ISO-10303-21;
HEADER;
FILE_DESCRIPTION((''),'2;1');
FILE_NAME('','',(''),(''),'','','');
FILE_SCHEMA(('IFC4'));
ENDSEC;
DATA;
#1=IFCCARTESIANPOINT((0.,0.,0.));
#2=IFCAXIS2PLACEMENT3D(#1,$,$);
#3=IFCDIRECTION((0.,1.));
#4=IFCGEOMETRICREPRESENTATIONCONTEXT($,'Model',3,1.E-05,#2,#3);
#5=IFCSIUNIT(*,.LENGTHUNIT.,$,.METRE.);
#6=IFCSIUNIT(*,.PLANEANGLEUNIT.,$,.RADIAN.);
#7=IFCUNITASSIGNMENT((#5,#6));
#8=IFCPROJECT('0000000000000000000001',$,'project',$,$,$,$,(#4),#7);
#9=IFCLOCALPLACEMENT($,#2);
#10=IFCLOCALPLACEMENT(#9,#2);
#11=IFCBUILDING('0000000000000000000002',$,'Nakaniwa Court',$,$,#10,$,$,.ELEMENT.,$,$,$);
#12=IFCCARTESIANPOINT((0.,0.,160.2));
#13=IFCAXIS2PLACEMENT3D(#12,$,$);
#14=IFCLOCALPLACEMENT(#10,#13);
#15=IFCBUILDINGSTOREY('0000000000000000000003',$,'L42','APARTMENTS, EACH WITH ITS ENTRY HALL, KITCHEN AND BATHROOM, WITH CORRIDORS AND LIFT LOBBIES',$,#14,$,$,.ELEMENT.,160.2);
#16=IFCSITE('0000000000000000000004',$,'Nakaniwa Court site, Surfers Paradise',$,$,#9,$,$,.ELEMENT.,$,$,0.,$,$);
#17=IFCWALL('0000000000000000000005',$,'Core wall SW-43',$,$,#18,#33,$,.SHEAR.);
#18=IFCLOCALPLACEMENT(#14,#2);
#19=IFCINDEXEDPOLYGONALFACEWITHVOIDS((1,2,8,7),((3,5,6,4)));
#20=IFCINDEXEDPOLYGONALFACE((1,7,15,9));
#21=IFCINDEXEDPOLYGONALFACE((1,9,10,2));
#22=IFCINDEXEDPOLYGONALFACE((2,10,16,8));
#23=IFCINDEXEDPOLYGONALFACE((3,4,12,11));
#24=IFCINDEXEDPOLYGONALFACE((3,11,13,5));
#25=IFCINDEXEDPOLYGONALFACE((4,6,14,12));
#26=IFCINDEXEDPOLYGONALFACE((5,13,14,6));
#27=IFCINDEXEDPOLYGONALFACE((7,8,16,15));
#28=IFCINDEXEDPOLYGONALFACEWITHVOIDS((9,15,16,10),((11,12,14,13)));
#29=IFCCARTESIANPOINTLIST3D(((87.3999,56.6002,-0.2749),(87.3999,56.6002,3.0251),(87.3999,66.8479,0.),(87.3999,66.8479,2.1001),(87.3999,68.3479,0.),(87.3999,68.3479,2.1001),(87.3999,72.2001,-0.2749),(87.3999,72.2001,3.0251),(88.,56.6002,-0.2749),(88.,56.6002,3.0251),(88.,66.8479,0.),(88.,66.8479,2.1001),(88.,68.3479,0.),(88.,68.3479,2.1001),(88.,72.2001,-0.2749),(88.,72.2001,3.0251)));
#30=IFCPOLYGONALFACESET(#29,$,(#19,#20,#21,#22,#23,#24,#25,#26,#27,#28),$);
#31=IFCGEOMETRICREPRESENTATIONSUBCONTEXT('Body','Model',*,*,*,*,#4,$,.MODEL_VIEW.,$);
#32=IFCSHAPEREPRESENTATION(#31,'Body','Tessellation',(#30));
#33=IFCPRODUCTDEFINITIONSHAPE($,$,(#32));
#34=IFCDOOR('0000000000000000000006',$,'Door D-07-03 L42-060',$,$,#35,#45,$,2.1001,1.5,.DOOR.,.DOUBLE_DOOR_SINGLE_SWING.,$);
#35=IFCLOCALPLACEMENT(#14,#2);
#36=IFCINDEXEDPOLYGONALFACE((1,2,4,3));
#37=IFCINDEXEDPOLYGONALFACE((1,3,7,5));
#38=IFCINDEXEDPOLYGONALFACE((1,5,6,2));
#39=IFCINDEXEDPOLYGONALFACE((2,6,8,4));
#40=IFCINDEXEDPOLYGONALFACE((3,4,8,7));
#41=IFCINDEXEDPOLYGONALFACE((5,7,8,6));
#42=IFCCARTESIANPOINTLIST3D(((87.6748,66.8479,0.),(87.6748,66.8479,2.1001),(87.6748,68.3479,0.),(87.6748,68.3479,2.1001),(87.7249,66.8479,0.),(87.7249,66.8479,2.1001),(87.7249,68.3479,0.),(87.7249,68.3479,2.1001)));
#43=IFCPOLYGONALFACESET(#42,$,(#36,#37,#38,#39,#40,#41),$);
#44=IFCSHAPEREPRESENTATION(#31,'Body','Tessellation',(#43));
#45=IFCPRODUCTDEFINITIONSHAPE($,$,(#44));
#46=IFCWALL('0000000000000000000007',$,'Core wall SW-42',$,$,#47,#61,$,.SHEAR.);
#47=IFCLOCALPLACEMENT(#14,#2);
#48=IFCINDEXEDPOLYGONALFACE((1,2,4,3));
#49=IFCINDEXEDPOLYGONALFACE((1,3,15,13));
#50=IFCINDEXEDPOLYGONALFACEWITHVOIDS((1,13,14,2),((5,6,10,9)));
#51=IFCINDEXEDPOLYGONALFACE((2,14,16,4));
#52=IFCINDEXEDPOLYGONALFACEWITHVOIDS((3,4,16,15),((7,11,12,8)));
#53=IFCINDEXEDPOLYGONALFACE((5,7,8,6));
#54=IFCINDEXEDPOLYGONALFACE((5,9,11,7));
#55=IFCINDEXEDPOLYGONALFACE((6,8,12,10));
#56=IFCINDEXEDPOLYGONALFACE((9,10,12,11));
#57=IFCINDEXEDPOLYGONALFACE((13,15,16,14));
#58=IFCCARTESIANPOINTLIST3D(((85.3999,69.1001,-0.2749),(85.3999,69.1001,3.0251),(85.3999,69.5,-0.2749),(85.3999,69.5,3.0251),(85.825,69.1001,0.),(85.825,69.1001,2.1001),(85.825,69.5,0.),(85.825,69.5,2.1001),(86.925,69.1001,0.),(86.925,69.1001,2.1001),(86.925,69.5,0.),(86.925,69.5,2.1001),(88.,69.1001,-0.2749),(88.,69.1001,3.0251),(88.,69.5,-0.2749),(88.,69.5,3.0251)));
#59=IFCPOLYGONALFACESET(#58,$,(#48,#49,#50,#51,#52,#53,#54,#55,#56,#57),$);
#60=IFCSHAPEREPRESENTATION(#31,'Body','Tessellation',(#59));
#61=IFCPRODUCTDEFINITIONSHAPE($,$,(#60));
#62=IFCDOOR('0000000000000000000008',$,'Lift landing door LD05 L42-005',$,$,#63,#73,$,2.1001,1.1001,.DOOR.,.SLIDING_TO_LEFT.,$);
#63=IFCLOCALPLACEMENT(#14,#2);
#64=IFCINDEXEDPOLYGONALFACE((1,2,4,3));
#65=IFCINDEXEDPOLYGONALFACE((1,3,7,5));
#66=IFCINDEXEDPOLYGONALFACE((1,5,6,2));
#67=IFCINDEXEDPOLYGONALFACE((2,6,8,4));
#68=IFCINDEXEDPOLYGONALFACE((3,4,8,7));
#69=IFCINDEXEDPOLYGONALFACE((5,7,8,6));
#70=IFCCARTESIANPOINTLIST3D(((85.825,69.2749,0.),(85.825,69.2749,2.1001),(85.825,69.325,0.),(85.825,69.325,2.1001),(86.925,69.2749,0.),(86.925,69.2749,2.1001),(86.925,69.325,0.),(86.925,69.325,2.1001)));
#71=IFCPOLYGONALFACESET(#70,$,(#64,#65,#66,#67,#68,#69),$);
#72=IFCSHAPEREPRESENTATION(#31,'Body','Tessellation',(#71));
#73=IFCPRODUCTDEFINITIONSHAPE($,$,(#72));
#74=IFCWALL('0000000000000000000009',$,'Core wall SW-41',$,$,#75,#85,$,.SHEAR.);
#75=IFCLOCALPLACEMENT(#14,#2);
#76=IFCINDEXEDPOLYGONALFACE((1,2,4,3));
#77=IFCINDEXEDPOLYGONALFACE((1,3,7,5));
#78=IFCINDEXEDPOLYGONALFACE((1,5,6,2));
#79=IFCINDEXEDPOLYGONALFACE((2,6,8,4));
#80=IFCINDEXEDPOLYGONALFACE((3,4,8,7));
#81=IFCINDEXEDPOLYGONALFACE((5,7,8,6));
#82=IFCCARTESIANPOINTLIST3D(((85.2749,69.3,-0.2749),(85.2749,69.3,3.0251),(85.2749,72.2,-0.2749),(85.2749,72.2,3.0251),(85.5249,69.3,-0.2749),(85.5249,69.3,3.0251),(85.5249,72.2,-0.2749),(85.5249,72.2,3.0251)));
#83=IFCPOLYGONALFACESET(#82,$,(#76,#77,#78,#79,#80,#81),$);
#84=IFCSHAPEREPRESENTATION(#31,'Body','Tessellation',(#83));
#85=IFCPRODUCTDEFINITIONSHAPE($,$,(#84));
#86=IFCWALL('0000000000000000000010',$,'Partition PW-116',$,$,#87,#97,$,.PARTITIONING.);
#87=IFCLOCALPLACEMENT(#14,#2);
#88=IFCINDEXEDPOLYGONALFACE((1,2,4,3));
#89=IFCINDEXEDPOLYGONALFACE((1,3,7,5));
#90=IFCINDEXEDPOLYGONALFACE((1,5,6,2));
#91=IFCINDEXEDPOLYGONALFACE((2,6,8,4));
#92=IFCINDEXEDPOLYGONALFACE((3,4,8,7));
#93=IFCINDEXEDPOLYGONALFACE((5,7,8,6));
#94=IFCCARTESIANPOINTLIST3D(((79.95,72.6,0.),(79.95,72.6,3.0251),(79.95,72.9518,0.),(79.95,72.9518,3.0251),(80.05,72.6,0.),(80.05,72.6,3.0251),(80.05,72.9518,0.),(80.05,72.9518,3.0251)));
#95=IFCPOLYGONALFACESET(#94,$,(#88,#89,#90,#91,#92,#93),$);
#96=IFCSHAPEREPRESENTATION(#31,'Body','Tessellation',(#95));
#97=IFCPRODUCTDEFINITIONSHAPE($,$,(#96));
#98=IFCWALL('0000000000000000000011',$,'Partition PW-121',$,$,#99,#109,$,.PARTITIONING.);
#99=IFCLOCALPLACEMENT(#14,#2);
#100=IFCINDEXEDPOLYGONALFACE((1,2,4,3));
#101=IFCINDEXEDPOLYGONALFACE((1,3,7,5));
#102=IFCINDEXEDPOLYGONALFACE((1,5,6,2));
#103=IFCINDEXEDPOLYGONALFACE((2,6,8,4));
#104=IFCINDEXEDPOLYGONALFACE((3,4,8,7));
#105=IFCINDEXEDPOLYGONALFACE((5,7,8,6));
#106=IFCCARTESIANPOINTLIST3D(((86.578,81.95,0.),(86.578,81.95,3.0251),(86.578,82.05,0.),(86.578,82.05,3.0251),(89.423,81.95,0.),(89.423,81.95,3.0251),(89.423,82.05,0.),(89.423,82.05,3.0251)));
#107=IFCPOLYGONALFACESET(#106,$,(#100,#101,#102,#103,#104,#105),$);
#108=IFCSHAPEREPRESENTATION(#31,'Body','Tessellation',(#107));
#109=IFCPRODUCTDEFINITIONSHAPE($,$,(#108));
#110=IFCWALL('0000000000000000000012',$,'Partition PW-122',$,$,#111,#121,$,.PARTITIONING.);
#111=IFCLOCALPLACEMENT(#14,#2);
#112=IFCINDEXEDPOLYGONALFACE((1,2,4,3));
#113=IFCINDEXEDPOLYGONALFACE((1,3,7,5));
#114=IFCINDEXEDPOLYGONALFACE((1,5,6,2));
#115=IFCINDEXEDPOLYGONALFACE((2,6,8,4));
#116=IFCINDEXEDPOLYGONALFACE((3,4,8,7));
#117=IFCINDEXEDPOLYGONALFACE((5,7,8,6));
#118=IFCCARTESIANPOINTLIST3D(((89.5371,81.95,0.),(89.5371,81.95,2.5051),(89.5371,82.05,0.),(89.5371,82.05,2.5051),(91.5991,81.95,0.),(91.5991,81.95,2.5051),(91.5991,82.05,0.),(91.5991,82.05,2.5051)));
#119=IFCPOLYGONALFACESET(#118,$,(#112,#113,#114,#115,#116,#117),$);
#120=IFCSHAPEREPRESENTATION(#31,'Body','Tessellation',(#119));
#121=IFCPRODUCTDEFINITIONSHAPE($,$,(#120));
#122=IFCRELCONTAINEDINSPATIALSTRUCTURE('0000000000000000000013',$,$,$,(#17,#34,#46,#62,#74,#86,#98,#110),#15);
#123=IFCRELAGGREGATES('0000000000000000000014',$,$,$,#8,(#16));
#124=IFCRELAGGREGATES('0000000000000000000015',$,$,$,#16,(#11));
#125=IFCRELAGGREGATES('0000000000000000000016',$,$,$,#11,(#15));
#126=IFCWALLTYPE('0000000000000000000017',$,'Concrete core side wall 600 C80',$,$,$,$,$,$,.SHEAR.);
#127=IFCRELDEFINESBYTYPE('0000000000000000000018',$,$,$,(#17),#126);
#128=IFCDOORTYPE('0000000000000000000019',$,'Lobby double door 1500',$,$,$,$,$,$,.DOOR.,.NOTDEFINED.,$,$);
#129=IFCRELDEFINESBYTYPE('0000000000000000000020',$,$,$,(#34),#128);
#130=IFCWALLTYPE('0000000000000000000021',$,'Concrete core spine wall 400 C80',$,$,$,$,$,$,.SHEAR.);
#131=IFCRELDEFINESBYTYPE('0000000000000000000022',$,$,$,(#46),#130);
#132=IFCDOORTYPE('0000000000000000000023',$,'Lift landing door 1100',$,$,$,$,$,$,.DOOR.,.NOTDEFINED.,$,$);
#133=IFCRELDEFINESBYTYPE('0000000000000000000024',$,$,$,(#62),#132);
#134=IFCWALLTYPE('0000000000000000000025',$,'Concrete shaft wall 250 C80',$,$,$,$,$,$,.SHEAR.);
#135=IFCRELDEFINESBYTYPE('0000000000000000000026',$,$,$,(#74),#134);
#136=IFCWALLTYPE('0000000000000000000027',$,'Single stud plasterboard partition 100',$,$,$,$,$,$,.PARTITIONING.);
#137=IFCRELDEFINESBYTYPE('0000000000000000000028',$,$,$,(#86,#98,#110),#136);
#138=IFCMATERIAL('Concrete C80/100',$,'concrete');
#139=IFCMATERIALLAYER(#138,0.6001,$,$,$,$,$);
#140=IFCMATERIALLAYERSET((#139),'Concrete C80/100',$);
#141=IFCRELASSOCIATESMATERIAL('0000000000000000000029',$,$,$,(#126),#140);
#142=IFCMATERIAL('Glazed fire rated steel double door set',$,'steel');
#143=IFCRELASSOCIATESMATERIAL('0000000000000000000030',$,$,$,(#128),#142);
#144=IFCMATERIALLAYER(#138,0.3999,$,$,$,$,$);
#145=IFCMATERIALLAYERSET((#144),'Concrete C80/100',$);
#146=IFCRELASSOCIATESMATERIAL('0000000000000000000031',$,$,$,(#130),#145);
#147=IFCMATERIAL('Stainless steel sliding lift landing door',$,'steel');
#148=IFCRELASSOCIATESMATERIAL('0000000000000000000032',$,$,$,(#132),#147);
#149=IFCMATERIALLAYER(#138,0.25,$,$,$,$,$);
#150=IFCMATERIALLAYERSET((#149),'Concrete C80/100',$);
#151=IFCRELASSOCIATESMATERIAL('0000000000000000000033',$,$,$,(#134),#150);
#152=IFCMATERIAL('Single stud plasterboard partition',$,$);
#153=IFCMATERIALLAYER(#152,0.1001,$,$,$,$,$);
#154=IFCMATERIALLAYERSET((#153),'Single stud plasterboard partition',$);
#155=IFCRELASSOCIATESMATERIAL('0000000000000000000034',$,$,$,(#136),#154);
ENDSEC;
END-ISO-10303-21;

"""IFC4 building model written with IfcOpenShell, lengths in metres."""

from ifc_helpers import new_model, si_unit, direction, frame, frame_2d, origin, place, context, subcontext, project, spatial, rectangle, extrude, material, layer, layer_set, type_object, element, fill, save


model = new_model("IFC4")

# Units and contexts
model_context = context("Model", 3, precision=1e-05, world=origin(), true_north=direction((0.0, 1.0)))
body_context = subcontext(model_context, "Body", "Model", "MODEL_VIEW")
ifc_project = project(units=[si_unit("LENGTHUNIT", "METRE"), si_unit("PLANEANGLEUNIT", "RADIAN")], contexts=[model_context])

# Site, building, storey
site_placement = place(None, origin())
site = spatial("IfcSite", under=ifc_project, at=site_placement, Name="Nakaniwa Court site, Surfers Paradise", CompositionType="ELEMENT", RefElevation=0.0)
building_placement = place(site_placement, origin())
building = spatial("IfcBuilding", under=site, at=building_placement, Name="Nakaniwa Court", CompositionType="ELEMENT")
storey_placement = place(building_placement, frame((0.0, 0.0, 160.2)))
storey = spatial("IfcBuildingStorey", under=building, at=storey_placement, Name="L42", Description="APARTMENTS, EACH WITH ITS ENTRY HALL, KITCHEN AND BATHROOM, WITH CORRIDORS AND LIFT LOBBIES", CompositionType="ELEMENT", Elevation=160.2)

# Shared definitions
ifc_material_1 = material(Name="Concrete C80/100", Category="concrete")

# Walls, openings, doors
ifc_layer_1 = layer(ifc_material_1, 0.6001)
ifc_layer_set_1 = layer_set([ifc_layer_1], Name="Concrete C80/100")
wall_type_1 = type_object("IfcWallType", Name="Concrete core side wall 600 C80", PredefinedType="SHEAR", material=ifc_layer_set_1)
wall_1_placement = place(storey_placement, frame((87.7, 72.2, -0.2749), z_axis=(0.0, 0.0, 1.0), x_axis=(0.0, -1.0, 0.0)))
wall_1 = element("IfcWall", 1, at=wall_1_placement, inside=storey, type_object=wall_type_1, Name="Core wall SW-43", PredefinedType="SHEAR", context=body_context, shape_type="SweptSolid", body=[
    extrude(rectangle(XDim=15.5999, YDim=0.6001, at=frame_2d((7.7998, 0.0))), origin(), (0.0, 0.0, 1.0), 3.3),
])
opening_1_placement = place(wall_1_placement, frame((3.8521, 0.0, 0.2749)))
opening_1 = element("IfcOpeningElement", 2, at=opening_1_placement, cuts=wall_1, PredefinedType="OPENING", context=body_context, shape_type="SweptSolid", body=[
    extrude(rectangle(XDim=1.5, YDim=2.1001, at=frame_2d((0.75, 1.05))), frame((0.0, 0.3101, 0.0), z_axis=(0.0, -1.0, 0.0), x_axis=(1.0, 0.0, 0.0)), (0.0, 0.0, 1.0), 0.6201),
])
ifc_material_2 = material(Name="Glazed fire rated steel double door set", Category="steel")
door_type_1 = type_object("IfcDoorType", Name="Lobby double door 1500", OperationType="NOTDEFINED", PredefinedType="DOOR", material=ifc_material_2)
door_1_placement = place(opening_1_placement, origin())
door_1 = element("IfcDoor", 3, at=door_1_placement, inside=storey, type_object=door_type_1, Name="Door D-07-03 L42-060", OperationType="DOUBLE_DOOR_SINGLE_SWING", OverallHeight=2.1001, OverallWidth=1.5, PredefinedType="DOOR", context=body_context, shape_type="SweptSolid", body=[
    extrude(rectangle(XDim=1.5, YDim=2.1001, at=frame_2d((0.75, 1.05))), frame((0.0, 0.0249, 0.0), z_axis=(0.0, -1.0, 0.0), x_axis=(1.0, 0.0, 0.0)), (0.0, 0.0, 1.0), 0.05),
])
fill(opening_1, door_1)
ifc_layer_2 = layer(ifc_material_1, 0.3999)
ifc_layer_set_2 = layer_set([ifc_layer_2], Name="Concrete C80/100")
wall_type_2 = type_object("IfcWallType", Name="Concrete core spine wall 400 C80", PredefinedType="SHEAR", material=ifc_layer_set_2)
wall_2_placement = place(storey_placement, frame((85.3999, 69.3, -0.2749), z_axis=(0.0, 0.0, 1.0), x_axis=(1.0, 0.0, 0.0)))
wall_2 = element("IfcWall", 4, at=wall_2_placement, inside=storey, type_object=wall_type_2, Name="Core wall SW-42", PredefinedType="SHEAR", context=body_context, shape_type="SweptSolid", body=[
    extrude(rectangle(XDim=2.6001, YDim=0.3999, at=frame_2d((1.3, 0.0))), origin(), (0.0, 0.0, 1.0), 3.3),
])
opening_2_placement = place(wall_2_placement, frame((0.425, 0.0, 0.2749)))
opening_2 = element("IfcOpeningElement", 5, at=opening_2_placement, cuts=wall_2, PredefinedType="OPENING", context=body_context, shape_type="SweptSolid", body=[
    extrude(rectangle(XDim=1.1001, YDim=2.1001, at=frame_2d((0.55, 1.05))), frame((0.0, 0.21, 0.0), z_axis=(0.0, -1.0, 0.0), x_axis=(1.0, 0.0, 0.0)), (0.0, 0.0, 1.0), 0.4199),
])
ifc_material_3 = material(Name="Stainless steel sliding lift landing door", Category="steel")
door_type_2 = type_object("IfcDoorType", Name="Lift landing door 1100", OperationType="NOTDEFINED", PredefinedType="DOOR", material=ifc_material_3)
door_2_placement = place(opening_2_placement, origin())
door_2 = element("IfcDoor", 6, at=door_2_placement, inside=storey, type_object=door_type_2, Name="Lift landing door LD05 L42-005", OperationType="SLIDING_TO_LEFT", OverallHeight=2.1001, OverallWidth=1.1001, PredefinedType="DOOR", context=body_context, shape_type="SweptSolid", body=[
    extrude(rectangle(XDim=1.1001, YDim=2.1001, at=frame_2d((0.55, 1.05))), frame((0.0, 0.0249, 0.0), z_axis=(0.0, -1.0, 0.0), x_axis=(1.0, 0.0, 0.0)), (0.0, 0.0, 1.0), 0.05),
])
fill(opening_2, door_2)

# Walls
ifc_layer_3 = layer(ifc_material_1, 0.25)
ifc_layer_set_3 = layer_set([ifc_layer_3], Name="Concrete C80/100")
wall_type_3 = type_object("IfcWallType", Name="Concrete shaft wall 250 C80", PredefinedType="SHEAR", material=ifc_layer_set_3)
wall_3_placement = place(storey_placement, frame((85.3999, 69.3, -0.2749), z_axis=(0.0, 0.0, 1.0), x_axis=(0.0, 1.0, 0.0)))
element("IfcWall", 7, at=wall_3_placement, inside=storey, type_object=wall_type_3, Name="Core wall SW-41", PredefinedType="SHEAR", context=body_context, shape_type="SweptSolid", body=[
    extrude(rectangle(XDim=2.8999, YDim=0.25, at=frame_2d((1.45, 0.0))), origin(), (0.0, 0.0, 1.0), 3.3),
])
ifc_material_4 = material(Name="Single stud plasterboard partition")
ifc_layer_4 = layer(ifc_material_4, 0.1001)
ifc_layer_set_4 = layer_set([ifc_layer_4], Name="Single stud plasterboard partition")
wall_type_4 = type_object("IfcWallType", Name="Single stud plasterboard partition 100", PredefinedType="PARTITIONING", material=ifc_layer_set_4)
wall_4_placement = place(storey_placement, frame((80.0, 72.6001, 0.0), z_axis=(0.0, 0.0, 1.0), x_axis=(0.0, 1.0, 0.0)))
element("IfcWall", 8, at=wall_4_placement, inside=storey, type_object=wall_type_4, Name="Partition PW-116", PredefinedType="PARTITIONING", context=body_context, shape_type="SweptSolid", body=[
    extrude(rectangle(XDim=0.3518, YDim=0.1001, at=frame_2d((0.1758, 0.0))), origin(), (0.0, 0.0, 1.0), 3.0251),
])
wall_5_placement = place(storey_placement, frame((86.5781, 82.0, 0.0), z_axis=(0.0, 0.0, 1.0), x_axis=(1.0, 0.0, 0.0)))
element("IfcWall", 9, at=wall_5_placement, inside=storey, type_object=wall_type_4, Name="Partition PW-121", PredefinedType="PARTITIONING", context=body_context, shape_type="SweptSolid", body=[
    extrude(rectangle(XDim=2.845, YDim=0.1001, at=frame_2d((1.4224, 0.0))), origin(), (0.0, 0.0, 1.0), 3.0251),
])
wall_6_placement = place(storey_placement, frame((89.5371, 82.0, 0.0), z_axis=(0.0, 0.0, 1.0), x_axis=(1.0, 0.0, 0.0)))
element("IfcWall", 10, at=wall_6_placement, inside=storey, type_object=wall_type_4, Name="Partition PW-122", PredefinedType="PARTITIONING", context=body_context, shape_type="SweptSolid", body=[
    extrude(rectangle(XDim=2.062, YDim=0.1001, at=frame_2d((1.031, 0.0))), origin(), (0.0, 0.0, 1.0), 2.5051),
])

save(model, "model.ifc")
